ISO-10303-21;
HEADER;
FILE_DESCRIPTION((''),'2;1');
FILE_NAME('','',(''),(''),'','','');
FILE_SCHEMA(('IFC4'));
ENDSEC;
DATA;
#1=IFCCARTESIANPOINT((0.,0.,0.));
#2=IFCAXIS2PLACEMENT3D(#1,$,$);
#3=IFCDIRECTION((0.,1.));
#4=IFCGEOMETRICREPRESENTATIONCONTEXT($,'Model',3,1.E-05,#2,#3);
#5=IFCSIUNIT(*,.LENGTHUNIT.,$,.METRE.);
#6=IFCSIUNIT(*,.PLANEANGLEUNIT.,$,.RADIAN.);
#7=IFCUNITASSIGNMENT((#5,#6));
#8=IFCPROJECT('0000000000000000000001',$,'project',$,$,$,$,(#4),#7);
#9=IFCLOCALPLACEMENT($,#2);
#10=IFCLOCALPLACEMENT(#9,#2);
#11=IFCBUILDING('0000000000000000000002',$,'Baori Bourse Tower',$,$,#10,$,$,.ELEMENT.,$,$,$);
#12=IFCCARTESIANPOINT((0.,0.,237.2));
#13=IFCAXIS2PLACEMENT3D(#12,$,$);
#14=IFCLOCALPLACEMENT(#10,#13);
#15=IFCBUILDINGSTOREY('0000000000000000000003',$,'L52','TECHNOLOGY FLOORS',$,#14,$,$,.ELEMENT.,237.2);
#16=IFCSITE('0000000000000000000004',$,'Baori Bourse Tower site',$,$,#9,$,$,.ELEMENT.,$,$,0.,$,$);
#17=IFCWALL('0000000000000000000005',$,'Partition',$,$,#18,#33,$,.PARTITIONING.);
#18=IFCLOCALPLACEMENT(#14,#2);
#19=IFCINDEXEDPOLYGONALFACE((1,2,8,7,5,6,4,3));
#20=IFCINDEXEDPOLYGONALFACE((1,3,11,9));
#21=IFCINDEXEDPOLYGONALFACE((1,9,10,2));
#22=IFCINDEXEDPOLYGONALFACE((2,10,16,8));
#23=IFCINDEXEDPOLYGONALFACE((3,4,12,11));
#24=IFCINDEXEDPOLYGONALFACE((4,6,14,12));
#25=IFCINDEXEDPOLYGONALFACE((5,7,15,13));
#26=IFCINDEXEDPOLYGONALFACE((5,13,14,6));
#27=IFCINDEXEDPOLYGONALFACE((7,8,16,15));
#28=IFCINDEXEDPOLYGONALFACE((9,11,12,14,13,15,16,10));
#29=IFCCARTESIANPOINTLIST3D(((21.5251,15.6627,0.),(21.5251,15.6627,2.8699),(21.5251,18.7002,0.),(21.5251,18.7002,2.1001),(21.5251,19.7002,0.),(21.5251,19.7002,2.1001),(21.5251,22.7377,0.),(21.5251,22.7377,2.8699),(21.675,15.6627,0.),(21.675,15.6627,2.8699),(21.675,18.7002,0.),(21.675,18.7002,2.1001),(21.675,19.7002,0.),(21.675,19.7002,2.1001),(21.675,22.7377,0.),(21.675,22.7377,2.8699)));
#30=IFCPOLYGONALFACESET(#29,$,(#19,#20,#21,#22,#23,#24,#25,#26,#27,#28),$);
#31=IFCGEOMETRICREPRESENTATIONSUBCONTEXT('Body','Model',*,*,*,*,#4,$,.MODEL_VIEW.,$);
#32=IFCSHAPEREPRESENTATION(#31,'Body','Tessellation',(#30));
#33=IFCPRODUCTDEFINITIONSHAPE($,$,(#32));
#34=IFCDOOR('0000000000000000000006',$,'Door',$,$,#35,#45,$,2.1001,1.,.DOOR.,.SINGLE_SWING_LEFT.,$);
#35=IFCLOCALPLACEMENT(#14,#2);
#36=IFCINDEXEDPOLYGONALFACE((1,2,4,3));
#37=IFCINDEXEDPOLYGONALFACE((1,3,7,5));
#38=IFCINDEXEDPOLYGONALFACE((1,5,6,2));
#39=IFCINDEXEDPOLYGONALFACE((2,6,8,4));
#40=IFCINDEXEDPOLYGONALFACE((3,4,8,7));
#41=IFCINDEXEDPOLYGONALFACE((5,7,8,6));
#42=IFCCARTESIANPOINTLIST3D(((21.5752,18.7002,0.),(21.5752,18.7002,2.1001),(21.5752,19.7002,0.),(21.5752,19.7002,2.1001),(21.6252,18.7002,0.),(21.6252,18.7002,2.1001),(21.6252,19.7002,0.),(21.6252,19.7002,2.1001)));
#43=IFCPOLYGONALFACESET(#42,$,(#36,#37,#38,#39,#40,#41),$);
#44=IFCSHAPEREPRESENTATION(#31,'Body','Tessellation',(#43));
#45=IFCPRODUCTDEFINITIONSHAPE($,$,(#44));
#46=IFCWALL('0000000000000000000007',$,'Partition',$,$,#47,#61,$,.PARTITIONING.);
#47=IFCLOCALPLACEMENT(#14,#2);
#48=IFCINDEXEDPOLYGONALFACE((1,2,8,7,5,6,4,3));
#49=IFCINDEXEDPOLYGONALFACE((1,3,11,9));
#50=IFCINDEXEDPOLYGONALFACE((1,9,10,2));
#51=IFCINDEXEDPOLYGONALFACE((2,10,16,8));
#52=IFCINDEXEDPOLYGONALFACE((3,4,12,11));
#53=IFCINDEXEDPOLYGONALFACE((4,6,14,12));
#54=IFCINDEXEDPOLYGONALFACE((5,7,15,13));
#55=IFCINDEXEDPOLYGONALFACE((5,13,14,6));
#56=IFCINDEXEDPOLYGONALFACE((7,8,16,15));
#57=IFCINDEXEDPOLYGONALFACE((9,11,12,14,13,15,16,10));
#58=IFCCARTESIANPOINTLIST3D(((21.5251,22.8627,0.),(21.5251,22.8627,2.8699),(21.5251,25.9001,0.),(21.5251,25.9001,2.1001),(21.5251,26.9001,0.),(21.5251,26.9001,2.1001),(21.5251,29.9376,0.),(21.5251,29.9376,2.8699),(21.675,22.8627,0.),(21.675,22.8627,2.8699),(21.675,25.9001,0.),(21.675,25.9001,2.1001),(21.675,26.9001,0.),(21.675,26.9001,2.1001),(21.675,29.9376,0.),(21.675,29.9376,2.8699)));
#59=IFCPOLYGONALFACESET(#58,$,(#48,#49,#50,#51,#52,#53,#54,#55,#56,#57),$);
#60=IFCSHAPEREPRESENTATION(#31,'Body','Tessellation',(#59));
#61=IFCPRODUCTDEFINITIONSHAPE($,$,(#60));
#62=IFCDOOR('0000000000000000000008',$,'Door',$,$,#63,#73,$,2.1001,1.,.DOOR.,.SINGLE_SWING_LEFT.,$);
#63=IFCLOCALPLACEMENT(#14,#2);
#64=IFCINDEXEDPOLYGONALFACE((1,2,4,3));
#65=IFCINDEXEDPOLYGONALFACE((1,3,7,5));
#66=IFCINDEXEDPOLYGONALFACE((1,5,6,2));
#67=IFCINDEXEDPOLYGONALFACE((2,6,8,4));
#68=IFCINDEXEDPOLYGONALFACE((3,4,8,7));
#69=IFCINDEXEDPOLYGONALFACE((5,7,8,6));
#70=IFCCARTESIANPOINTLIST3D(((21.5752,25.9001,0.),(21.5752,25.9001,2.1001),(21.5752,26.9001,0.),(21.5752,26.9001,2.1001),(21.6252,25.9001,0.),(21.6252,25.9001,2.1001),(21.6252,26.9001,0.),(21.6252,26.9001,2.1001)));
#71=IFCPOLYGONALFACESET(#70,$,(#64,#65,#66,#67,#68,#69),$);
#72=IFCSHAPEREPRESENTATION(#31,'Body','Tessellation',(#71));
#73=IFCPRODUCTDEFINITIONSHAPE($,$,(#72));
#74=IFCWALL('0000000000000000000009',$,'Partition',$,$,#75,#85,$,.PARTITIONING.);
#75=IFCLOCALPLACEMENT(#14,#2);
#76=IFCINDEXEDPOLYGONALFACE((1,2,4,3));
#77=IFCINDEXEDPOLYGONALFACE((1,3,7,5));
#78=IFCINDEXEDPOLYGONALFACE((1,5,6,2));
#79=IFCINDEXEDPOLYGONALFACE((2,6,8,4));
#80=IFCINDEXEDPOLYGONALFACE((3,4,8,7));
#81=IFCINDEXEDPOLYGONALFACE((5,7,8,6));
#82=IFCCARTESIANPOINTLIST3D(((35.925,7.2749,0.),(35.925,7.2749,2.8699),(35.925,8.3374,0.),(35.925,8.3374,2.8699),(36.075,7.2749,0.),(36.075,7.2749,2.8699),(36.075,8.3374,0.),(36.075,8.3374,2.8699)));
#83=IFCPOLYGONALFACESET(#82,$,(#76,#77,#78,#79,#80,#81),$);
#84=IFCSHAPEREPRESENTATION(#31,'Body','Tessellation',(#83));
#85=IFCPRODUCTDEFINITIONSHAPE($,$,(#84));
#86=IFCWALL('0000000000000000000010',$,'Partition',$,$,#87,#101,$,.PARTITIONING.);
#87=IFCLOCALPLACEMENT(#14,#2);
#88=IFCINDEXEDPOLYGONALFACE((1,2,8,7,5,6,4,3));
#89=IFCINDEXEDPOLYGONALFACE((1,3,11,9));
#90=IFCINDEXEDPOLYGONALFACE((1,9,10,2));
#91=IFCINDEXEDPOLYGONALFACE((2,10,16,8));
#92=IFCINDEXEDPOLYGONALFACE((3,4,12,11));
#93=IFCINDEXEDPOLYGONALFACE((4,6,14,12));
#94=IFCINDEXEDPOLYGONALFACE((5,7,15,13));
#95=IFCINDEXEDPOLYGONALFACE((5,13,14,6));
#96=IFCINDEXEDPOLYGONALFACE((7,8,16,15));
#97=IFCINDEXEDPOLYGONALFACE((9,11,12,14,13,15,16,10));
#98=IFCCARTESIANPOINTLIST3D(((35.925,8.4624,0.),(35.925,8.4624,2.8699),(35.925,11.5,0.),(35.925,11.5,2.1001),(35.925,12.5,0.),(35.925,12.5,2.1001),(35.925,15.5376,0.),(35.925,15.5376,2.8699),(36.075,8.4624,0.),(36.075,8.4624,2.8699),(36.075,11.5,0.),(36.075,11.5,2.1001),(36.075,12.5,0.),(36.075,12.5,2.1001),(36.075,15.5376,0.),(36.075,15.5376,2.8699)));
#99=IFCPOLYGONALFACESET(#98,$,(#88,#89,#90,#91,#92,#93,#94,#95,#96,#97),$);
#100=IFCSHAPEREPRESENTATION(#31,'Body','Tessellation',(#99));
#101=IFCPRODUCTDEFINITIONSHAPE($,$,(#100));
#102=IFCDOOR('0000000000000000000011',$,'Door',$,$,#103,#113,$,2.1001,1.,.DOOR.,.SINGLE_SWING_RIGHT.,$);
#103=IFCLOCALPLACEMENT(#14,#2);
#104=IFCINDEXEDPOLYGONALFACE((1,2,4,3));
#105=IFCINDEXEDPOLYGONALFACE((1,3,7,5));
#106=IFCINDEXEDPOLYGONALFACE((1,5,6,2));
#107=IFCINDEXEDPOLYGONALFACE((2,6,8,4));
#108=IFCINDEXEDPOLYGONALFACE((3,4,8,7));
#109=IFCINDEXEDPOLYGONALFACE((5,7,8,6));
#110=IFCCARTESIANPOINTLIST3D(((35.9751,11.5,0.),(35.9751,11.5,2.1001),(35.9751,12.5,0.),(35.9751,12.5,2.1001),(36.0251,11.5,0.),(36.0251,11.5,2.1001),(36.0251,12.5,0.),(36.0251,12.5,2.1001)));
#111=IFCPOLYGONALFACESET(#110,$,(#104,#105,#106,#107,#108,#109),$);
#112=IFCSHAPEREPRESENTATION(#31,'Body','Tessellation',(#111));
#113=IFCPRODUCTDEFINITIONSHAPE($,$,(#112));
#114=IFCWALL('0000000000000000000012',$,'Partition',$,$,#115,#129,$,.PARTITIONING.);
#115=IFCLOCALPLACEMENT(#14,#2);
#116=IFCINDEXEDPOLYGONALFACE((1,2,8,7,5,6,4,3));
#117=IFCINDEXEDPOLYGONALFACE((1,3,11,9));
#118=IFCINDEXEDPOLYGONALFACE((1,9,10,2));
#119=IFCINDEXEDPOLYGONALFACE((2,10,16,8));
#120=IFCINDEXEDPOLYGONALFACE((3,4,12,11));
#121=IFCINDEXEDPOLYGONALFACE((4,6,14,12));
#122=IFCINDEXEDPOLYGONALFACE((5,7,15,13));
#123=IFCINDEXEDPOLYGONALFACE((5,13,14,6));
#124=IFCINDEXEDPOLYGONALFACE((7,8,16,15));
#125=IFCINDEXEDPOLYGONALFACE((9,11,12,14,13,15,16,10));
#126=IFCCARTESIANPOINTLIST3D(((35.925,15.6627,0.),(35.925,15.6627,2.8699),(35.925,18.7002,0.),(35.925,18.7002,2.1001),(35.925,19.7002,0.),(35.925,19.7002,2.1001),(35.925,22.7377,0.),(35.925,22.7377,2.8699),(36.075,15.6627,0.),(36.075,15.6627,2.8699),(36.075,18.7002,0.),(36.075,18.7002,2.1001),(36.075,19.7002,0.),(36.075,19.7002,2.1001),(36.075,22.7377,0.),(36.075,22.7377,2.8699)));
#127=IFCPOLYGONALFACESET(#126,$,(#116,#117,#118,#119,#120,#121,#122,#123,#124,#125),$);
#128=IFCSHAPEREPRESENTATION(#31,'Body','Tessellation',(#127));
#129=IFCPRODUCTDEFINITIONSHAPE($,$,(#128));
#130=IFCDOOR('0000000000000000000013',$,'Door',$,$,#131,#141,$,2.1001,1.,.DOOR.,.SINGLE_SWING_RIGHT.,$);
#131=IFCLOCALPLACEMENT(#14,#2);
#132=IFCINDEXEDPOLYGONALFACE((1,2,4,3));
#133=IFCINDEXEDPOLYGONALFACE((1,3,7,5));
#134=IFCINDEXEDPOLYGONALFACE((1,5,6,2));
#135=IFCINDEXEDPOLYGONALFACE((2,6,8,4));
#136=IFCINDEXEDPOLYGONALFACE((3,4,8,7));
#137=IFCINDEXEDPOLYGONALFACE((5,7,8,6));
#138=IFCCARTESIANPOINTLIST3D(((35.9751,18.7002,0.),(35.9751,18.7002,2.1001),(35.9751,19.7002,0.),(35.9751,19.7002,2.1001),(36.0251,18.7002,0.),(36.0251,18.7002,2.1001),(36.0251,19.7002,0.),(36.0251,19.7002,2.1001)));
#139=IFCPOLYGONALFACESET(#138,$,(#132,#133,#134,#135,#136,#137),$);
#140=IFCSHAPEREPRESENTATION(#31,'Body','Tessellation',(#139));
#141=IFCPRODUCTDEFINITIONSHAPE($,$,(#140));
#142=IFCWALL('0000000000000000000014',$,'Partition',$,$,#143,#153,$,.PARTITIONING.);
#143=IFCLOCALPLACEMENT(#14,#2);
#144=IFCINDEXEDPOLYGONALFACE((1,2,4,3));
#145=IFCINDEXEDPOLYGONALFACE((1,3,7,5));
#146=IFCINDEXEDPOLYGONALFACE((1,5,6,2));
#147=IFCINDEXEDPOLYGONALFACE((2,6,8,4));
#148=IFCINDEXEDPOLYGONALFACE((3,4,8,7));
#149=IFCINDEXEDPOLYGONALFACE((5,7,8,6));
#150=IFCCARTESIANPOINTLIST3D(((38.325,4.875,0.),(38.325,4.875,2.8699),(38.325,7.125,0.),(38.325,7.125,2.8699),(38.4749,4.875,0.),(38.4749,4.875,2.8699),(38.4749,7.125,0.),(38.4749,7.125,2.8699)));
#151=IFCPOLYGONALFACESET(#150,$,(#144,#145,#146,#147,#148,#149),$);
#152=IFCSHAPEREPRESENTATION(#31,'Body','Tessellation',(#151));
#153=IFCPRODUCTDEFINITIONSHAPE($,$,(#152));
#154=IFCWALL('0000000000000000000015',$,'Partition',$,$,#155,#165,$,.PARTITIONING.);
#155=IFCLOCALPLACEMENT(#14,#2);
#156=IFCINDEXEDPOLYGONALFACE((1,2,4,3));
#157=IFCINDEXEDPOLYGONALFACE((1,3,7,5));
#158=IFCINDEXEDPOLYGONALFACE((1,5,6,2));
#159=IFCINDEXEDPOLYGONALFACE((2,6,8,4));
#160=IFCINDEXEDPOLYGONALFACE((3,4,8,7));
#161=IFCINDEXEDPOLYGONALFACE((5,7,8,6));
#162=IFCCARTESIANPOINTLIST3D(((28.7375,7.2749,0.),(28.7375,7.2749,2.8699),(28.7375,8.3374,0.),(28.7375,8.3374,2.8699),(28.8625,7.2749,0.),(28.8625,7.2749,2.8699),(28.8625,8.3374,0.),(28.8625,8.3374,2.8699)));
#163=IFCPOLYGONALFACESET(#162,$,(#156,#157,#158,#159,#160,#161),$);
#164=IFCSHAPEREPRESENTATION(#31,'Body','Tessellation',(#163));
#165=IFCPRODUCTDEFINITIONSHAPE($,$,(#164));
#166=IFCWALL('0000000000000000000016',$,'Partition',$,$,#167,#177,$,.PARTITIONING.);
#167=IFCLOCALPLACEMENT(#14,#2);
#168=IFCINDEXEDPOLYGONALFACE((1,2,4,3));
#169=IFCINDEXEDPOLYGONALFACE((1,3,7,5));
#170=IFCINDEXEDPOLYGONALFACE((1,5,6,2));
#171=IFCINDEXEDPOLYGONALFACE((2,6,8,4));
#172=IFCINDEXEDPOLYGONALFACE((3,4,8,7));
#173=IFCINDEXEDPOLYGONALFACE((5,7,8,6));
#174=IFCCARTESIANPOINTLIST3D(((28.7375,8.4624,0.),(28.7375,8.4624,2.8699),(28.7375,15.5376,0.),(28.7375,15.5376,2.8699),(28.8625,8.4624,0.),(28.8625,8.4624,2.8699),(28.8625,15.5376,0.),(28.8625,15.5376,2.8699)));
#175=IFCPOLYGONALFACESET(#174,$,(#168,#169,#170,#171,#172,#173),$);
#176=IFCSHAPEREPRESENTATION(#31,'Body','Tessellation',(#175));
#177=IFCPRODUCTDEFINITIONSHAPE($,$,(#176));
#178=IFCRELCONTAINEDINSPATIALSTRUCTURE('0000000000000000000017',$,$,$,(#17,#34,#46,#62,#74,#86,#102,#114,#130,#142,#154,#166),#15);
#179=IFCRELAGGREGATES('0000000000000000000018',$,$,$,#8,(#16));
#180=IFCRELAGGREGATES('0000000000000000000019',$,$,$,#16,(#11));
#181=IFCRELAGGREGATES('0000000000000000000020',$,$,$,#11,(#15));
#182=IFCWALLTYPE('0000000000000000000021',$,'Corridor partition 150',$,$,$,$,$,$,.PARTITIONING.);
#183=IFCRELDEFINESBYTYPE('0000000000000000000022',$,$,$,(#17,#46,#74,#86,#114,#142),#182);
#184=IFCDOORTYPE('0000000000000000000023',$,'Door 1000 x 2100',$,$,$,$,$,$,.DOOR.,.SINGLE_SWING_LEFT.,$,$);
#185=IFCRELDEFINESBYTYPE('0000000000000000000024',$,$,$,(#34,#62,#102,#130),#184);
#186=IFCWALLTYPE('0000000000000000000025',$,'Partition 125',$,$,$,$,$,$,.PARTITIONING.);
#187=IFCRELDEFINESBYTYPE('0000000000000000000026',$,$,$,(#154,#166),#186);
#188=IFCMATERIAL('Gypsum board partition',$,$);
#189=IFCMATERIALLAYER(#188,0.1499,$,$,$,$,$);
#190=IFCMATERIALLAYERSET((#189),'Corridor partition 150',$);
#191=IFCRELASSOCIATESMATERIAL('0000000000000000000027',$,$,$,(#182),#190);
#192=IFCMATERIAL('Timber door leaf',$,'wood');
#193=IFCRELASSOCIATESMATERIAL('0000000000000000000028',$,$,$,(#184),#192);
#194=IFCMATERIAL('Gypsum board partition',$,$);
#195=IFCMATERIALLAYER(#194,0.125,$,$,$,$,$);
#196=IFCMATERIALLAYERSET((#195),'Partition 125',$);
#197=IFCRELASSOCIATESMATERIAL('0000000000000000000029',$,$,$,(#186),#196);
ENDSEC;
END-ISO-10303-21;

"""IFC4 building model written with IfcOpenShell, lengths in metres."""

from ifc_helpers import new_model, si_unit, direction, frame, frame_2d, origin, place, context, subcontext, project, spatial, rectangle, extrude, material, layer, layer_set, type_object, element, fill, save


model = new_model("IFC4")

# Units and contexts
model_context = context("Model", 3, precision=1e-05, world=origin(), true_north=direction((0.0, 1.0)))
body_context = subcontext(model_context, "Body", "Model", "MODEL_VIEW")
ifc_project = project(units=[si_unit("LENGTHUNIT", "METRE"), si_unit("PLANEANGLEUNIT", "RADIAN")], contexts=[model_context])

# Site, building, storey
site_placement = place(None, origin())
site = spatial("IfcSite", under=ifc_project, at=site_placement, Name="Baori Bourse Tower site", CompositionType="ELEMENT", RefElevation=0.0)
building_placement = place(site_placement, origin())
building = spatial("IfcBuilding", under=site, at=building_placement, Name="Baori Bourse Tower", CompositionType="ELEMENT")
storey_placement = place(building_placement, frame((0.0, 0.0, 237.2)))
storey = spatial("IfcBuildingStorey", under=building, at=storey_placement, Name="L52", Description="TECHNOLOGY FLOORS", CompositionType="ELEMENT", Elevation=237.2)

# Shared definitions
ifc_material_1 = material(Name="Gypsum board partition")
ifc_layer_1 = layer(ifc_material_1, 0.1499)
ifc_layer_set_1 = layer_set([ifc_layer_1], Name="Corridor partition 150")
wall_type_1 = type_object("IfcWallType", Name="Corridor partition 150", PredefinedType="PARTITIONING", material=ifc_layer_set_1)
ifc_material_2 = material(Name="Timber door leaf", Category="wood")
door_type = type_object("IfcDoorType", Name="Door 1000 x 2100", OperationType="SINGLE_SWING_LEFT", PredefinedType="DOOR", material=ifc_material_2)

# Walls, openings, doors
wall_1_placement = place(storey_placement, frame((21.6001, 15.6626, 0.0), z_axis=(0.0, 0.0, 1.0), x_axis=(0.0, 1.0, 0.0)))
wall_1 = element("IfcWall", 1, at=wall_1_placement, inside=storey, type_object=wall_type_1, Name="Partition", PredefinedType="PARTITIONING", context=body_context, shape_type="SweptSolid", body=[
    extrude(rectangle(XDim=7.075, YDim=0.1499, at=frame_2d((3.5376, 0.0))), origin(), (0.0, 0.0, 1.0), 2.8699),
])
opening_1_placement = place(wall_1_placement, frame((3.0376, 0.0, 0.0)))
opening_1 = element("IfcOpeningElement", 2, at=opening_1_placement, cuts=wall_1, PredefinedType="OPENING", context=body_context, shape_type="SweptSolid", body=[
    extrude(rectangle(XDim=1.0, YDim=2.1001, at=frame_2d((0.5, 1.05))), frame((0.0, 0.085, 0.0), z_axis=(0.0, -1.0, 0.0), x_axis=(1.0, 0.0, 0.0)), (0.0, 0.0, 1.0), 0.1699),
])
door_1_placement = place(opening_1_placement, origin())
door_1 = element("IfcDoor", 3, at=door_1_placement, inside=storey, type_object=door_type, Name="Door", OperationType="SINGLE_SWING_LEFT", OverallHeight=2.1001, OverallWidth=1.0, PredefinedType="DOOR", context=body_context, shape_type="SweptSolid", body=[
    extrude(rectangle(XDim=1.0, YDim=2.1001, at=frame_2d((0.5, 1.05))), frame((0.0, 0.0249, 0.0), z_axis=(0.0, -1.0, 0.0), x_axis=(1.0, 0.0, 0.0)), (0.0, 0.0, 1.0), 0.05),
])
fill(opening_1, door_1)
wall_2_placement = place(storey_placement, frame((21.6001, 22.8625, 0.0), z_axis=(0.0, 0.0, 1.0), x_axis=(0.0, 1.0, 0.0)))
wall_2 = element("IfcWall", 4, at=wall_2_placement, inside=storey, type_object=wall_type_1, Name="Partition", PredefinedType="PARTITIONING", context=body_context, shape_type="SweptSolid", body=[
    extrude(rectangle(XDim=7.075, YDim=0.1499, at=frame_2d((3.5376, 0.0))), origin(), (0.0, 0.0, 1.0), 2.8699),
])
opening_2_placement = place(wall_2_placement, frame((3.0376, 0.0, 0.0)))
opening_2 = element("IfcOpeningElement", 5, at=opening_2_placement, cuts=wall_2, PredefinedType="OPENING", context=body_context, shape_type="SweptSolid", body=[
    extrude(rectangle(XDim=1.0, YDim=2.1001, at=frame_2d((0.5, 1.05))), frame((0.0, 0.085, 0.0), z_axis=(0.0, -1.0, 0.0), x_axis=(1.0, 0.0, 0.0)), (0.0, 0.0, 1.0), 0.1699),
])
door_2_placement = place(opening_2_placement, origin())
door_2 = element("IfcDoor", 6, at=door_2_placement, inside=storey, type_object=door_type, Name="Door", OperationType="SINGLE_SWING_LEFT", OverallHeight=2.1001, OverallWidth=1.0, PredefinedType="DOOR", context=body_context, shape_type="SweptSolid", body=[
    extrude(rectangle(XDim=1.0, YDim=2.1001, at=frame_2d((0.5, 1.05))), frame((0.0, 0.0249, 0.0), z_axis=(0.0, -1.0, 0.0), x_axis=(1.0, 0.0, 0.0)), (0.0, 0.0, 1.0), 0.05),
])
fill(opening_2, door_2)

# Wall
wall_3_placement = place(storey_placement, frame((36.0, 7.2749, 0.0), z_axis=(0.0, 0.0, 1.0), x_axis=(0.0, 1.0, 0.0)))
element("IfcWall", 7, at=wall_3_placement, inside=storey, type_object=wall_type_1, Name="Partition", PredefinedType="PARTITIONING", context=body_context, shape_type="SweptSolid", body=[
    extrude(rectangle(XDim=1.0625, YDim=0.1499, at=frame_2d((0.5312, 0.0))), origin(), (0.0, 0.0, 1.0), 2.8699),
])

# Walls, openings, doors
wall_4_placement = place(storey_placement, frame((36.0, 8.4624, 0.0), z_axis=(0.0, 0.0, 1.0), x_axis=(0.0, 1.0, 0.0)))
wall_4 = element("IfcWall", 8, at=wall_4_placement, inside=storey, type_object=wall_type_1, Name="Partition", PredefinedType="PARTITIONING", context=body_context, shape_type="SweptSolid", body=[
    extrude(rectangle(XDim=7.0752, YDim=0.1499, at=frame_2d((3.5376, 0.0))), origin(), (0.0, 0.0, 1.0), 2.8699),
])
opening_3_placement = place(wall_4_placement, frame((3.0376, 0.0, 0.0)))
opening_3 = element("IfcOpeningElement", 9, at=opening_3_placement, cuts=wall_4, PredefinedType="OPENING", context=body_context, shape_type="SweptSolid", body=[
    extrude(rectangle(XDim=1.0, YDim=2.1001, at=frame_2d((0.5, 1.05))), frame((0.0, 0.085, 0.0), z_axis=(0.0, -1.0, 0.0), x_axis=(1.0, 0.0, 0.0)), (0.0, 0.0, 1.0), 0.1699),
])
door_3_placement = place(opening_3_placement, origin())
door_3 = element("IfcDoor", 10, at=door_3_placement, inside=storey, type_object=door_type, Name="Door", OperationType="SINGLE_SWING_RIGHT", OverallHeight=2.1001, OverallWidth=1.0, PredefinedType="DOOR", context=body_context, shape_type="SweptSolid", body=[
    extrude(rectangle(XDim=1.0, YDim=2.1001, at=frame_2d((0.5, 1.05))), frame((0.0, 0.0249, 0.0), z_axis=(0.0, -1.0, 0.0), x_axis=(1.0, 0.0, 0.0)), (0.0, 0.0, 1.0), 0.05),
])
fill(opening_3, door_3)
wall_5_placement = place(storey_placement, frame((36.0, 15.6626, 0.0), z_axis=(0.0, 0.0, 1.0), x_axis=(0.0, 1.0, 0.0)))
wall_5 = element("IfcWall", 11, at=wall_5_placement, inside=storey, type_object=wall_type_1, Name="Partition", PredefinedType="PARTITIONING", context=body_context, shape_type="SweptSolid", body=[
    extrude(rectangle(XDim=7.075, YDim=0.1499, at=frame_2d((3.5376, 0.0))), origin(), (0.0, 0.0, 1.0), 2.8699),
])
opening_4_placement = place(wall_5_placement, frame((3.0376, 0.0, 0.0)))
opening_4 = element("IfcOpeningElement", 12, at=opening_4_placement, cuts=wall_5, PredefinedType="OPENING", context=body_context, shape_type="SweptSolid", body=[
    extrude(rectangle(XDim=1.0, YDim=2.1001, at=frame_2d((0.5, 1.05))), frame((0.0, 0.085, 0.0), z_axis=(0.0, -1.0, 0.0), x_axis=(1.0, 0.0, 0.0)), (0.0, 0.0, 1.0), 0.1699),
])
door_4_placement = place(opening_4_placement, origin())
door_4 = element("IfcDoor", 13, at=door_4_placement, inside=storey, type_object=door_type, Name="Door", OperationType="SINGLE_SWING_RIGHT", OverallHeight=2.1001, OverallWidth=1.0, PredefinedType="DOOR", context=body_context, shape_type="SweptSolid", body=[
    extrude(rectangle(XDim=1.0, YDim=2.1001, at=frame_2d((0.5, 1.05))), frame((0.0, 0.0249, 0.0), z_axis=(0.0, -1.0, 0.0), x_axis=(1.0, 0.0, 0.0)), (0.0, 0.0, 1.0), 0.05),
])
fill(opening_4, door_4)

# Walls
wall_6_placement = place(storey_placement, frame((38.3999, 4.875, 0.0), z_axis=(0.0, 0.0, 1.0), x_axis=(0.0, 1.0, 0.0)))
element("IfcWall", 14, at=wall_6_placement, inside=storey, type_object=wall_type_1, Name="Partition", PredefinedType="PARTITIONING", context=body_context, shape_type="SweptSolid", body=[
    extrude(rectangle(XDim=2.25, YDim=0.1499, at=frame_2d((1.125, 0.0))), origin(), (0.0, 0.0, 1.0), 2.8699),
])
ifc_material_3 = material(Name="Gypsum board partition")
ifc_layer_2 = layer(ifc_material_3, 0.125)
ifc_layer_set_2 = layer_set([ifc_layer_2], Name="Partition 125")
wall_type_2 = type_object("IfcWallType", Name="Partition 125", PredefinedType="PARTITIONING", material=ifc_layer_set_2)
wall_7_placement = place(storey_placement, frame((28.8, 7.2749, 0.0), z_axis=(0.0, 0.0, 1.0), x_axis=(0.0, 1.0, 0.0)))
element("IfcWall", 15, at=wall_7_placement, inside=storey, type_object=wall_type_2, Name="Partition", PredefinedType="PARTITIONING", context=body_context, shape_type="SweptSolid", body=[
    extrude(rectangle(XDim=1.0625, YDim=0.125, at=frame_2d((0.5312, 0.0))), origin(), (0.0, 0.0, 1.0), 2.8699),
])
wall_8_placement = place(storey_placement, frame((28.8, 8.4624, 0.0), z_axis=(0.0, 0.0, 1.0), x_axis=(0.0, 1.0, 0.0)))
element("IfcWall", 16, at=wall_8_placement, inside=storey, type_object=wall_type_2, Name="Partition", PredefinedType="PARTITIONING", context=body_context, shape_type="SweptSolid", body=[
    extrude(rectangle(XDim=7.0752, YDim=0.125, at=frame_2d((3.5376, 0.0))), origin(), (0.0, 0.0, 1.0), 2.8699),
])

save(model, "model.ifc")
